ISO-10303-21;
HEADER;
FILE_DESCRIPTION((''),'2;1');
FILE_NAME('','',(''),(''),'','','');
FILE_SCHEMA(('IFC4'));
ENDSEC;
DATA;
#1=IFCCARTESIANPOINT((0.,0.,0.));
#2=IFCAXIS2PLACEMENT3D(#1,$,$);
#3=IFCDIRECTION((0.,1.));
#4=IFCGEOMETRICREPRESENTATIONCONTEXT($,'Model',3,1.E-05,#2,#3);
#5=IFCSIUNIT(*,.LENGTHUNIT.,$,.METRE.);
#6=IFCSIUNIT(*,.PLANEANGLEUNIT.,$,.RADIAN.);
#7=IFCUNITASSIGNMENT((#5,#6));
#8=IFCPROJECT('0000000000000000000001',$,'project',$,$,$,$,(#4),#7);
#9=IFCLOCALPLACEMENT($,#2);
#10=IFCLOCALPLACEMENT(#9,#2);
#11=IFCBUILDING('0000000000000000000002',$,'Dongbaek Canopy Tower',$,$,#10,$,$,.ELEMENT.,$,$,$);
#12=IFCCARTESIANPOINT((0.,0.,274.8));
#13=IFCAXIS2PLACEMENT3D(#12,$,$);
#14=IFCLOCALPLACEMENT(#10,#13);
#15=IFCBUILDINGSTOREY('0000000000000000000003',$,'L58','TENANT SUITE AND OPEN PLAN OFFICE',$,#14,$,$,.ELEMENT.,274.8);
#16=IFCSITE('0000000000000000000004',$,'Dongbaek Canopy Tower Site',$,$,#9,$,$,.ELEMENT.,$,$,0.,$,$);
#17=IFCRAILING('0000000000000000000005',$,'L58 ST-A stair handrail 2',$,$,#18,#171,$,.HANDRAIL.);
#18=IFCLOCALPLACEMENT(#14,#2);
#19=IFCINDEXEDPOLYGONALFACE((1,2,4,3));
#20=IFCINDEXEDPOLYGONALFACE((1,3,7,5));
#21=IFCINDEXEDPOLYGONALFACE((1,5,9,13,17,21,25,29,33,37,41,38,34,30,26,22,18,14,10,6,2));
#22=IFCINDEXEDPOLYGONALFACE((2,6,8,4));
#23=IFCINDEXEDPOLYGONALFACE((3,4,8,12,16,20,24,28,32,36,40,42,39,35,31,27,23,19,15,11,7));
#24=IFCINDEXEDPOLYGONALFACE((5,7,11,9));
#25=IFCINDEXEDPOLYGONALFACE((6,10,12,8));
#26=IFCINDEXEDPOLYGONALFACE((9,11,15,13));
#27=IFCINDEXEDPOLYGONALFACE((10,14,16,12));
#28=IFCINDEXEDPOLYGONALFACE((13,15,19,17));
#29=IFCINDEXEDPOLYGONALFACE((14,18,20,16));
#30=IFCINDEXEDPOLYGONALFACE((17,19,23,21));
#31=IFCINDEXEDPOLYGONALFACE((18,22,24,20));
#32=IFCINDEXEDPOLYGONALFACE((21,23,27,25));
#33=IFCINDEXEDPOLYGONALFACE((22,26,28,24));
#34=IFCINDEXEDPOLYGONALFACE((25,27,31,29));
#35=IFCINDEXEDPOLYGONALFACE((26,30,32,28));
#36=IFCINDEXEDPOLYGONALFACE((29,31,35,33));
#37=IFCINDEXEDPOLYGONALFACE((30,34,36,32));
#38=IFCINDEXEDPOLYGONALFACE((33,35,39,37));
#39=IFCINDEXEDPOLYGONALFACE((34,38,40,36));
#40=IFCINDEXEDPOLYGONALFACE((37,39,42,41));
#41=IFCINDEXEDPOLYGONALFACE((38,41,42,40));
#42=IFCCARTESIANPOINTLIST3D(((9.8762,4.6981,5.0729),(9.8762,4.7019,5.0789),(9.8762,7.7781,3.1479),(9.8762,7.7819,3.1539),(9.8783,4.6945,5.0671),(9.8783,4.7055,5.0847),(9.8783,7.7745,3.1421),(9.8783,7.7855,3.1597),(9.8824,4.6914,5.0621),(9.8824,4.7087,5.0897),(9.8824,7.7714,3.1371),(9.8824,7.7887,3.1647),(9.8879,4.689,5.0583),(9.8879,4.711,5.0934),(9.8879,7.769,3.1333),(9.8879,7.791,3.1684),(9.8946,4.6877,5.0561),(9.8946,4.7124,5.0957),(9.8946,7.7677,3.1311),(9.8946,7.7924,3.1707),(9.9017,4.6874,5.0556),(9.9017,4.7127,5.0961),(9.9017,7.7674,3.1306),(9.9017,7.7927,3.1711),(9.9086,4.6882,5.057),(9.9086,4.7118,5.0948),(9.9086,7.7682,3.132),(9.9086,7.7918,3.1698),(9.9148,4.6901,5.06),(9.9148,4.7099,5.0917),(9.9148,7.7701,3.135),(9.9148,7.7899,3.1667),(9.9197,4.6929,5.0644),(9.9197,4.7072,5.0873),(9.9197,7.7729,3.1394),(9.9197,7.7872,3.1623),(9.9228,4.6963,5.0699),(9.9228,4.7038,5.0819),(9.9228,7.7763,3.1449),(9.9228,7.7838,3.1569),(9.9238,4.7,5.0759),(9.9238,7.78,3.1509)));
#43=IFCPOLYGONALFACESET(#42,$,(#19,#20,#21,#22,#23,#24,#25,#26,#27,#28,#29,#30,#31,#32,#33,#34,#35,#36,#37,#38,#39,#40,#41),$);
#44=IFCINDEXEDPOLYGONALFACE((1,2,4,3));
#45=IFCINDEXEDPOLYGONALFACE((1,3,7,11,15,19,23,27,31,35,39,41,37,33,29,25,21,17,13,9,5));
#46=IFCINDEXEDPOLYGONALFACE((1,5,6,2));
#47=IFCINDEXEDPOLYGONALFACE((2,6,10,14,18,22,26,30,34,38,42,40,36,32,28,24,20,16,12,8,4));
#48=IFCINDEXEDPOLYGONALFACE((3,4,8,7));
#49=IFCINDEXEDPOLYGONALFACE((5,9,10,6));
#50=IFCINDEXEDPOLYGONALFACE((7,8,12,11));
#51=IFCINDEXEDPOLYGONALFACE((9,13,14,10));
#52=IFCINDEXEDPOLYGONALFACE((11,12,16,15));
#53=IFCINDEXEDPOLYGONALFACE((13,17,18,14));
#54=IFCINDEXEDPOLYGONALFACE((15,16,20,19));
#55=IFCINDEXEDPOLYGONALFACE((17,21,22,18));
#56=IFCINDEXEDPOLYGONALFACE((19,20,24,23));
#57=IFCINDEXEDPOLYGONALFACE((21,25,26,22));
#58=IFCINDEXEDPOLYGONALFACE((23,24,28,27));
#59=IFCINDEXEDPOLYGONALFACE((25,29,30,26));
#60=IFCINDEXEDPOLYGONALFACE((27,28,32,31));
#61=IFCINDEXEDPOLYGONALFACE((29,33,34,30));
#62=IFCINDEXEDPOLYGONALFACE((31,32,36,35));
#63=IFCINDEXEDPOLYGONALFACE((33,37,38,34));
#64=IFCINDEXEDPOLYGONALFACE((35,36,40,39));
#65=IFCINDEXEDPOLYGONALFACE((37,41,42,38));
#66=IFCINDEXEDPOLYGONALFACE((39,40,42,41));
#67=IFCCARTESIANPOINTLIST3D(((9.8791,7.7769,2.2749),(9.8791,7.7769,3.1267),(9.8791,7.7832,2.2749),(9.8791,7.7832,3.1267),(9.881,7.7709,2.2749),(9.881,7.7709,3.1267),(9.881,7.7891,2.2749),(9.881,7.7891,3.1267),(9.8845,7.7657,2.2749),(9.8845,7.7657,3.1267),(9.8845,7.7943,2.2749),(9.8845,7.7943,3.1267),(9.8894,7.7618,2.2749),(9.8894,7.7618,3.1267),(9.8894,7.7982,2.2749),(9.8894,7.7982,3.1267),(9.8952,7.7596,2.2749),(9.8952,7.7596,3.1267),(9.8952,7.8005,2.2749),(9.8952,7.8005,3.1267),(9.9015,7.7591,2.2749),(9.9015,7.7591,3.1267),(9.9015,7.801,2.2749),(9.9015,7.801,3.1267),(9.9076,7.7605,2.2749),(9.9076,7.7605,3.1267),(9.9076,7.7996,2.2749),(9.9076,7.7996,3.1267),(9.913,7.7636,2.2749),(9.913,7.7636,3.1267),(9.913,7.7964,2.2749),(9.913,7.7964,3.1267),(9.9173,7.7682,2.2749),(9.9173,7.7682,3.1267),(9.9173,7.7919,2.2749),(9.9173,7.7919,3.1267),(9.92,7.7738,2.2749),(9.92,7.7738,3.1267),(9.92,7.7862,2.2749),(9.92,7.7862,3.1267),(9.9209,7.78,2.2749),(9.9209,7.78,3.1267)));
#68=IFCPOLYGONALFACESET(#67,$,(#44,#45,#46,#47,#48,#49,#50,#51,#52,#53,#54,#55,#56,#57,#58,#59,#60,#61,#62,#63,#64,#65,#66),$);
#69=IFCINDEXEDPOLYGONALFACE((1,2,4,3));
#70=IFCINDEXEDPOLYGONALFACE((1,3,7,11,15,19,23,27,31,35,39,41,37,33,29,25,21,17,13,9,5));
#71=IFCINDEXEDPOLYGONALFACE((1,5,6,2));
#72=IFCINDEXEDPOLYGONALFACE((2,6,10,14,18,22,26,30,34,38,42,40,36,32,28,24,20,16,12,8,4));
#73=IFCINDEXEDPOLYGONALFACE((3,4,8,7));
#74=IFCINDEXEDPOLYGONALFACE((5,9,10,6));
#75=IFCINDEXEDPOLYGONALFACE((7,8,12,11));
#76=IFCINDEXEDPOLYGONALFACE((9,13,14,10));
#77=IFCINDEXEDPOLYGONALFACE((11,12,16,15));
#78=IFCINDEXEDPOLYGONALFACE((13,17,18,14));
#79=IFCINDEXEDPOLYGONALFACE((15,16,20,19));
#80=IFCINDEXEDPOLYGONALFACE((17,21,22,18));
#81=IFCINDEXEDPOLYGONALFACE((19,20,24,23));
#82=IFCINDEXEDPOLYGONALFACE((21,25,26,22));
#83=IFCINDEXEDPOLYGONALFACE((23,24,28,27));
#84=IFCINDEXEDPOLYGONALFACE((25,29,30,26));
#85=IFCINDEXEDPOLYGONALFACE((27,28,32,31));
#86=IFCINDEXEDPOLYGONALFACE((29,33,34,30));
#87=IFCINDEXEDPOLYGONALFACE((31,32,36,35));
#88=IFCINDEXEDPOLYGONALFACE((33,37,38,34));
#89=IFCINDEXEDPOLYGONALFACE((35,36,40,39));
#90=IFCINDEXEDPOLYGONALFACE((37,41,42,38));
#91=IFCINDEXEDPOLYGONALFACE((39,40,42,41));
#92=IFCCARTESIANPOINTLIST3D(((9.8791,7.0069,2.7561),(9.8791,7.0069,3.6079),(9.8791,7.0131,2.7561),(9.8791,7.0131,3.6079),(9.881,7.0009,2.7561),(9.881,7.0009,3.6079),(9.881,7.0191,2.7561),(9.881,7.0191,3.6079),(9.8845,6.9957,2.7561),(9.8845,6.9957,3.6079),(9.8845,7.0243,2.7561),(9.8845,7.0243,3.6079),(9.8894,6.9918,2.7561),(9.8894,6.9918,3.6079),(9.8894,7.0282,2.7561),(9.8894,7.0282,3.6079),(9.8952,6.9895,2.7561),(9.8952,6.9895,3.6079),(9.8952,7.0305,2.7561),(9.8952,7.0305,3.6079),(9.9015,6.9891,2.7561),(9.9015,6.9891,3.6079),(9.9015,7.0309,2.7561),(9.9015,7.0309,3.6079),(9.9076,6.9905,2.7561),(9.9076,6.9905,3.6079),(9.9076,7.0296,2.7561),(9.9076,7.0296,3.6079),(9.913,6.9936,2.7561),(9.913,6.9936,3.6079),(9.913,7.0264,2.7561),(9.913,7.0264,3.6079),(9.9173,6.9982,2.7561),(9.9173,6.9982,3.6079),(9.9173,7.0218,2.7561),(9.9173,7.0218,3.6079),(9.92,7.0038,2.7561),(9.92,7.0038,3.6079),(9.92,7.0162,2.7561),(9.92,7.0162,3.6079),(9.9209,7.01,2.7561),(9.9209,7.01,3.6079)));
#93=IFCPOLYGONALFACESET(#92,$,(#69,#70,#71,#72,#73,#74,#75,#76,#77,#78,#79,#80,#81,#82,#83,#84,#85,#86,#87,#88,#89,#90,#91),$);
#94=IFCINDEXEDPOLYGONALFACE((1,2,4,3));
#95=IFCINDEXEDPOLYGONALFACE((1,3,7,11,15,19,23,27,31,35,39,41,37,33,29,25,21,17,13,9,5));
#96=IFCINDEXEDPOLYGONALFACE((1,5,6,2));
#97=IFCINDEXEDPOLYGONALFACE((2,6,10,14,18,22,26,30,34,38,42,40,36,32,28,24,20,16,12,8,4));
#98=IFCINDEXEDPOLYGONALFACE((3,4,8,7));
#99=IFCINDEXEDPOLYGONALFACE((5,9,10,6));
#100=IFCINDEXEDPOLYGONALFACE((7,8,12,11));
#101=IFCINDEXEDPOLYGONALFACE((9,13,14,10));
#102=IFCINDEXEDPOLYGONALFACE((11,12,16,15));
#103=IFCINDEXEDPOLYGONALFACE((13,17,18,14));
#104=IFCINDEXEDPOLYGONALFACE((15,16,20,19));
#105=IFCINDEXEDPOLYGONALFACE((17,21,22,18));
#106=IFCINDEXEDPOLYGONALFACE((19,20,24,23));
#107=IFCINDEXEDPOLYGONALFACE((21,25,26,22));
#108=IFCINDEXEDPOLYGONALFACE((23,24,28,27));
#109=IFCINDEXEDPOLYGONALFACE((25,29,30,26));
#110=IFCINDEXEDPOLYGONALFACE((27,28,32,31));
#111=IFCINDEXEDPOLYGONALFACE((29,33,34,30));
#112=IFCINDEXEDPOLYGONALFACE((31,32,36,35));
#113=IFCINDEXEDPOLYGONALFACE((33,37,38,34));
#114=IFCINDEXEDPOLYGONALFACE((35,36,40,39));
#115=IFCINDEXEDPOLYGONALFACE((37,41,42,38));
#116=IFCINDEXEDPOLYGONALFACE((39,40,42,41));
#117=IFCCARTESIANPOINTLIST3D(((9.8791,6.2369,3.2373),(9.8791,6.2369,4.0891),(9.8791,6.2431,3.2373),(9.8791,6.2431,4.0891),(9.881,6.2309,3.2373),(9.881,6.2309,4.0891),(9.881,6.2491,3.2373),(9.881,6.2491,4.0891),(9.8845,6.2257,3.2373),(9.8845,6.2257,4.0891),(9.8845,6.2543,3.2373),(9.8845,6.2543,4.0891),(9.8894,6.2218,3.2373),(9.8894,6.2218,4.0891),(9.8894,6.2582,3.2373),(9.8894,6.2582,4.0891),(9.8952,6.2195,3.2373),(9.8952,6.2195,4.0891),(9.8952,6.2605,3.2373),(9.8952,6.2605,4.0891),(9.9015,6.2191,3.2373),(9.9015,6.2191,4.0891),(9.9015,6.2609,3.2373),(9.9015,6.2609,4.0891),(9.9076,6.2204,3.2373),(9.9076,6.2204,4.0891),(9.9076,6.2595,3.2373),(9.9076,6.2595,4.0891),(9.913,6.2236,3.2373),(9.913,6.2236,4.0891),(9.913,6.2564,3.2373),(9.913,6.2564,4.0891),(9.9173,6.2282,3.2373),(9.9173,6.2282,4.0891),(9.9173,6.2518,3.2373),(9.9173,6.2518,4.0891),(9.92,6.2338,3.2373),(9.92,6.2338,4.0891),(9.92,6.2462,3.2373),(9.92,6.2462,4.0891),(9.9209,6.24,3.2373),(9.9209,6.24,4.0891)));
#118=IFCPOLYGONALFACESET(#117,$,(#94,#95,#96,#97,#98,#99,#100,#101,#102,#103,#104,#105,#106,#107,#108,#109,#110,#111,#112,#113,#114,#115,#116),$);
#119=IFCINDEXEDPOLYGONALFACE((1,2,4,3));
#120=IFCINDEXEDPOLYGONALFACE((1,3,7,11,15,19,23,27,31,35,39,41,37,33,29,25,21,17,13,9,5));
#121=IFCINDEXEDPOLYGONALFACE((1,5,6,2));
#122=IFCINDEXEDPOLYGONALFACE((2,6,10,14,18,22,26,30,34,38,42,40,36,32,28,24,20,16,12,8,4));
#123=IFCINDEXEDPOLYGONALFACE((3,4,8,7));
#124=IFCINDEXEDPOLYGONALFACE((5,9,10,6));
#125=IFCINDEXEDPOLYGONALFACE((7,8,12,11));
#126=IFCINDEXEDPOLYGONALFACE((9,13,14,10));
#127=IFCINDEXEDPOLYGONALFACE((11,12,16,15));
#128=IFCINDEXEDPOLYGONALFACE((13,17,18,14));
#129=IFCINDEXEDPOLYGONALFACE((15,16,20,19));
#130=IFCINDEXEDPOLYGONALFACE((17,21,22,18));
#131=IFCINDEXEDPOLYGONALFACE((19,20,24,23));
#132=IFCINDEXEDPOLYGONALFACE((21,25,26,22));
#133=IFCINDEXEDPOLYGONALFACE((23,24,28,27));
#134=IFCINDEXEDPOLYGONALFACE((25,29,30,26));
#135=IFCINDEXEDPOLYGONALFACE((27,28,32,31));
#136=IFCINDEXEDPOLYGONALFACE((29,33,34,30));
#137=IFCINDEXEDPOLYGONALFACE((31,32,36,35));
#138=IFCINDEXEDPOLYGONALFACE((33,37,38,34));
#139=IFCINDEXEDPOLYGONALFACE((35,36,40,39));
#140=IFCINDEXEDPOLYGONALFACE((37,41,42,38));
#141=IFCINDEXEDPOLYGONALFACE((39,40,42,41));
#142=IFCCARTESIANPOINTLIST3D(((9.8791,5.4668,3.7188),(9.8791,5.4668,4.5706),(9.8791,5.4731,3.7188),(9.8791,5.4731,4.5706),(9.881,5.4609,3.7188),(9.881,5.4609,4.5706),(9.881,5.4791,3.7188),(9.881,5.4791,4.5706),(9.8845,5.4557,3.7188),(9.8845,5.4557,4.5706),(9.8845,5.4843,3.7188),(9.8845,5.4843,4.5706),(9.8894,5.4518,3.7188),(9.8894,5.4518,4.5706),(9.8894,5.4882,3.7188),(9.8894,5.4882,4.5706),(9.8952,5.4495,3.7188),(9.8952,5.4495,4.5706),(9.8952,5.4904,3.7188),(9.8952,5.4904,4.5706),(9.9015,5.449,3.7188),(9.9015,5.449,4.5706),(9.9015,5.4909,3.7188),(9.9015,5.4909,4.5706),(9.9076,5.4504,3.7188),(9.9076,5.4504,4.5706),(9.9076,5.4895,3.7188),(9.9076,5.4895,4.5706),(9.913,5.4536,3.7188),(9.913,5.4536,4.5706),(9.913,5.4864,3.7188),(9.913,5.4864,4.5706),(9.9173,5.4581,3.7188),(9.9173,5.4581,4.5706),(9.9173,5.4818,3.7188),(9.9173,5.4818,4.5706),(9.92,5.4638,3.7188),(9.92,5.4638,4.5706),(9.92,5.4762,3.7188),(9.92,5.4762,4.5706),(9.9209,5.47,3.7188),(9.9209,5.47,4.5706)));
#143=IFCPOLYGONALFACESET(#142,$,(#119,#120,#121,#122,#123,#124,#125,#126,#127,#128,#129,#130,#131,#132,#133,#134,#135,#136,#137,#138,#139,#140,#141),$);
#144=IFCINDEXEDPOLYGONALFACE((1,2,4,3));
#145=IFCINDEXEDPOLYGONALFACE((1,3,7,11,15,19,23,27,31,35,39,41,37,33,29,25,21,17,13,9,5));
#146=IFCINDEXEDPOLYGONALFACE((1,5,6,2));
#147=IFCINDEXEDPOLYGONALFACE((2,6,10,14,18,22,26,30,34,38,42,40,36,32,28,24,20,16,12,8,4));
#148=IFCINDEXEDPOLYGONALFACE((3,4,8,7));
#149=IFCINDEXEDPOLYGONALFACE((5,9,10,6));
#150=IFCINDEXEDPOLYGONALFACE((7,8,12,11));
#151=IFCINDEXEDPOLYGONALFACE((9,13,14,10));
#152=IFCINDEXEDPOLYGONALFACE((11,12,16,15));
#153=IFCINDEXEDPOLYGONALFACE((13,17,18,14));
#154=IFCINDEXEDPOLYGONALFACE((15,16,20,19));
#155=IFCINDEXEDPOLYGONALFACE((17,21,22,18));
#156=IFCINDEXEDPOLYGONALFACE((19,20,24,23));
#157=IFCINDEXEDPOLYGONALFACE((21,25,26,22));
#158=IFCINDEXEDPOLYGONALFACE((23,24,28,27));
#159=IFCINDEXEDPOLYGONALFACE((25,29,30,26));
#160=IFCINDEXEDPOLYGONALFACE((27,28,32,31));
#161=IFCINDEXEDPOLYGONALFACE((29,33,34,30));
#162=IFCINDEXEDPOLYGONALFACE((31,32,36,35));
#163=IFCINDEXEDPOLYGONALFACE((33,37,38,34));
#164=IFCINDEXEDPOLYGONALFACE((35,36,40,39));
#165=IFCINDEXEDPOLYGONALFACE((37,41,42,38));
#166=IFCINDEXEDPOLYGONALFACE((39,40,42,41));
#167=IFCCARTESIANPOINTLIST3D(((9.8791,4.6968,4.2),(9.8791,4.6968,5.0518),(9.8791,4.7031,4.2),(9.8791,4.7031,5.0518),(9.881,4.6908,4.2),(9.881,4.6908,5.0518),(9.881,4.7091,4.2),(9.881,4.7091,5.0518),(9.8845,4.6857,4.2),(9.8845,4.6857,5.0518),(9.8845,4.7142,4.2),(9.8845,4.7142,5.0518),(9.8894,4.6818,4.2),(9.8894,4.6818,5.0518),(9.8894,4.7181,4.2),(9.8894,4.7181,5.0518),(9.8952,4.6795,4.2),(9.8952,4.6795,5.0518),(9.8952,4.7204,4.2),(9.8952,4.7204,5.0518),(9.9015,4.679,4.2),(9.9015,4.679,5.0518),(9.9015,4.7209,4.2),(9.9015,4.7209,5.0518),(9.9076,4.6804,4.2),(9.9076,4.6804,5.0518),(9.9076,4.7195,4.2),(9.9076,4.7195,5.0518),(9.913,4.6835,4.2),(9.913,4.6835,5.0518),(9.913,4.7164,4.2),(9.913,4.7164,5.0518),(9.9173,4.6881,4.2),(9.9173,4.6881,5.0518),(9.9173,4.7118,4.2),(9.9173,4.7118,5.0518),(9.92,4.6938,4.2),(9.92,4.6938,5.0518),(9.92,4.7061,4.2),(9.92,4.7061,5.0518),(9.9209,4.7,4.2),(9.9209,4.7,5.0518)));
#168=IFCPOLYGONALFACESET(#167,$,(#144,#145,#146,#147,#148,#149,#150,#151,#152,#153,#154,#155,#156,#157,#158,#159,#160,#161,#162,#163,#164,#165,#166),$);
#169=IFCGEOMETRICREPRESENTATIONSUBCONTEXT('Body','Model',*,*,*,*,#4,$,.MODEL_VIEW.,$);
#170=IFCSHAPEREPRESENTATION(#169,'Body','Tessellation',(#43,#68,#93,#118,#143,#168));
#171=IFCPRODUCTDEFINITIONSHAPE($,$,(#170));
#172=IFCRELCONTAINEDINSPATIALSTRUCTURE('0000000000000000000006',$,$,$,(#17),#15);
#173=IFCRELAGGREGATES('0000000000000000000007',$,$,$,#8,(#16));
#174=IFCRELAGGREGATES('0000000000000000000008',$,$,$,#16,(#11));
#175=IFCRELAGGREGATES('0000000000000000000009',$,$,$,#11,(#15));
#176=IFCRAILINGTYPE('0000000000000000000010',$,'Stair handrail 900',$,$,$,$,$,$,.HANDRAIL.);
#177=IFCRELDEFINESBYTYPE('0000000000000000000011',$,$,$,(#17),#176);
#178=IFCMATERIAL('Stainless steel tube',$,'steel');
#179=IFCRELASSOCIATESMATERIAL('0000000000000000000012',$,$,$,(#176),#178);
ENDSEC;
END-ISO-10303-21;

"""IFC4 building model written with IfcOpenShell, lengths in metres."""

from ifc_helpers import new_model, si_unit, direction, frame, origin, origin_2d, place, context, subcontext, project, spatial, circle, extrude, material, type_object, element, save


model = new_model("IFC4")

# Units and contexts
model_context = context("Model", 3, precision=1e-05, world=origin(), true_north=direction((0.0, 1.0)))
body_context = subcontext(model_context, "Body", "Model", "MODEL_VIEW")
ifc_project = project(units=[si_unit("LENGTHUNIT", "METRE"), si_unit("PLANEANGLEUNIT", "RADIAN")], contexts=[model_context])

# Site, building, storey
site_placement = place(None, origin())
site = spatial("IfcSite", under=ifc_project, at=site_placement, Name="Dongbaek Canopy Tower Site", CompositionType="ELEMENT", RefElevation=0.0)
building_placement = place(site_placement, origin())
building = spatial("IfcBuilding", under=site, at=building_placement, Name="Dongbaek Canopy Tower", CompositionType="ELEMENT")
storey_placement = place(building_placement, frame((0.0, 0.0, 274.8)))
storey = spatial("IfcBuildingStorey", under=building, at=storey_placement, Name="L58", Description="TENANT SUITE AND OPEN PLAN OFFICE", CompositionType="ELEMENT", Elevation=274.8)

# Railing
ifc_material_1 = material(Name="Stainless steel tube", Category="steel")
railing_type_1 = type_object("IfcRailingType", Name="Stair handrail 900", PredefinedType="HANDRAIL", material=ifc_material_1)
railing_1_placement = place(storey_placement, frame((9.8999, 7.78, 2.2749)))
element("IfcRailing", 1, at=railing_1_placement, inside=storey, type_object=railing_type_1, Name="L58 ST-A stair handrail 2", PredefinedType="HANDRAIL", context=body_context, shape_type="SweptSolid", body=[
    extrude(circle(Radius=0.0239, at=origin_2d()), frame((0.0, 0.0, 0.876), z_axis=(0.0, -0.847998, 0.529999), x_axis=(1.0, 0.0, 0.0)), (0.0, 0.0, 1.0), 3.6321),
    extrude(circle(Radius=0.021, at=origin_2d()), origin(), (0.0, 0.0, 1.0), 0.8518),
    extrude(circle(Radius=0.021, at=origin_2d()), frame((0.0, -0.77, 0.4812)), (0.0, 0.0, 1.0), 0.8518),
    extrude(circle(Radius=0.021, at=origin_2d()), frame((0.0, -1.54, 0.9624)), (0.0, 0.0, 1.0), 0.8518),
    extrude(circle(Radius=0.021, at=origin_2d()), frame((0.0, -2.3101, 1.4438)), (0.0, 0.0, 1.0), 0.8518),
    extrude(circle(Radius=0.021, at=origin_2d()), frame((0.0, -3.0801, 1.925)), (0.0, 0.0, 1.0), 0.8518),
])

save(model, "model.ifc")
